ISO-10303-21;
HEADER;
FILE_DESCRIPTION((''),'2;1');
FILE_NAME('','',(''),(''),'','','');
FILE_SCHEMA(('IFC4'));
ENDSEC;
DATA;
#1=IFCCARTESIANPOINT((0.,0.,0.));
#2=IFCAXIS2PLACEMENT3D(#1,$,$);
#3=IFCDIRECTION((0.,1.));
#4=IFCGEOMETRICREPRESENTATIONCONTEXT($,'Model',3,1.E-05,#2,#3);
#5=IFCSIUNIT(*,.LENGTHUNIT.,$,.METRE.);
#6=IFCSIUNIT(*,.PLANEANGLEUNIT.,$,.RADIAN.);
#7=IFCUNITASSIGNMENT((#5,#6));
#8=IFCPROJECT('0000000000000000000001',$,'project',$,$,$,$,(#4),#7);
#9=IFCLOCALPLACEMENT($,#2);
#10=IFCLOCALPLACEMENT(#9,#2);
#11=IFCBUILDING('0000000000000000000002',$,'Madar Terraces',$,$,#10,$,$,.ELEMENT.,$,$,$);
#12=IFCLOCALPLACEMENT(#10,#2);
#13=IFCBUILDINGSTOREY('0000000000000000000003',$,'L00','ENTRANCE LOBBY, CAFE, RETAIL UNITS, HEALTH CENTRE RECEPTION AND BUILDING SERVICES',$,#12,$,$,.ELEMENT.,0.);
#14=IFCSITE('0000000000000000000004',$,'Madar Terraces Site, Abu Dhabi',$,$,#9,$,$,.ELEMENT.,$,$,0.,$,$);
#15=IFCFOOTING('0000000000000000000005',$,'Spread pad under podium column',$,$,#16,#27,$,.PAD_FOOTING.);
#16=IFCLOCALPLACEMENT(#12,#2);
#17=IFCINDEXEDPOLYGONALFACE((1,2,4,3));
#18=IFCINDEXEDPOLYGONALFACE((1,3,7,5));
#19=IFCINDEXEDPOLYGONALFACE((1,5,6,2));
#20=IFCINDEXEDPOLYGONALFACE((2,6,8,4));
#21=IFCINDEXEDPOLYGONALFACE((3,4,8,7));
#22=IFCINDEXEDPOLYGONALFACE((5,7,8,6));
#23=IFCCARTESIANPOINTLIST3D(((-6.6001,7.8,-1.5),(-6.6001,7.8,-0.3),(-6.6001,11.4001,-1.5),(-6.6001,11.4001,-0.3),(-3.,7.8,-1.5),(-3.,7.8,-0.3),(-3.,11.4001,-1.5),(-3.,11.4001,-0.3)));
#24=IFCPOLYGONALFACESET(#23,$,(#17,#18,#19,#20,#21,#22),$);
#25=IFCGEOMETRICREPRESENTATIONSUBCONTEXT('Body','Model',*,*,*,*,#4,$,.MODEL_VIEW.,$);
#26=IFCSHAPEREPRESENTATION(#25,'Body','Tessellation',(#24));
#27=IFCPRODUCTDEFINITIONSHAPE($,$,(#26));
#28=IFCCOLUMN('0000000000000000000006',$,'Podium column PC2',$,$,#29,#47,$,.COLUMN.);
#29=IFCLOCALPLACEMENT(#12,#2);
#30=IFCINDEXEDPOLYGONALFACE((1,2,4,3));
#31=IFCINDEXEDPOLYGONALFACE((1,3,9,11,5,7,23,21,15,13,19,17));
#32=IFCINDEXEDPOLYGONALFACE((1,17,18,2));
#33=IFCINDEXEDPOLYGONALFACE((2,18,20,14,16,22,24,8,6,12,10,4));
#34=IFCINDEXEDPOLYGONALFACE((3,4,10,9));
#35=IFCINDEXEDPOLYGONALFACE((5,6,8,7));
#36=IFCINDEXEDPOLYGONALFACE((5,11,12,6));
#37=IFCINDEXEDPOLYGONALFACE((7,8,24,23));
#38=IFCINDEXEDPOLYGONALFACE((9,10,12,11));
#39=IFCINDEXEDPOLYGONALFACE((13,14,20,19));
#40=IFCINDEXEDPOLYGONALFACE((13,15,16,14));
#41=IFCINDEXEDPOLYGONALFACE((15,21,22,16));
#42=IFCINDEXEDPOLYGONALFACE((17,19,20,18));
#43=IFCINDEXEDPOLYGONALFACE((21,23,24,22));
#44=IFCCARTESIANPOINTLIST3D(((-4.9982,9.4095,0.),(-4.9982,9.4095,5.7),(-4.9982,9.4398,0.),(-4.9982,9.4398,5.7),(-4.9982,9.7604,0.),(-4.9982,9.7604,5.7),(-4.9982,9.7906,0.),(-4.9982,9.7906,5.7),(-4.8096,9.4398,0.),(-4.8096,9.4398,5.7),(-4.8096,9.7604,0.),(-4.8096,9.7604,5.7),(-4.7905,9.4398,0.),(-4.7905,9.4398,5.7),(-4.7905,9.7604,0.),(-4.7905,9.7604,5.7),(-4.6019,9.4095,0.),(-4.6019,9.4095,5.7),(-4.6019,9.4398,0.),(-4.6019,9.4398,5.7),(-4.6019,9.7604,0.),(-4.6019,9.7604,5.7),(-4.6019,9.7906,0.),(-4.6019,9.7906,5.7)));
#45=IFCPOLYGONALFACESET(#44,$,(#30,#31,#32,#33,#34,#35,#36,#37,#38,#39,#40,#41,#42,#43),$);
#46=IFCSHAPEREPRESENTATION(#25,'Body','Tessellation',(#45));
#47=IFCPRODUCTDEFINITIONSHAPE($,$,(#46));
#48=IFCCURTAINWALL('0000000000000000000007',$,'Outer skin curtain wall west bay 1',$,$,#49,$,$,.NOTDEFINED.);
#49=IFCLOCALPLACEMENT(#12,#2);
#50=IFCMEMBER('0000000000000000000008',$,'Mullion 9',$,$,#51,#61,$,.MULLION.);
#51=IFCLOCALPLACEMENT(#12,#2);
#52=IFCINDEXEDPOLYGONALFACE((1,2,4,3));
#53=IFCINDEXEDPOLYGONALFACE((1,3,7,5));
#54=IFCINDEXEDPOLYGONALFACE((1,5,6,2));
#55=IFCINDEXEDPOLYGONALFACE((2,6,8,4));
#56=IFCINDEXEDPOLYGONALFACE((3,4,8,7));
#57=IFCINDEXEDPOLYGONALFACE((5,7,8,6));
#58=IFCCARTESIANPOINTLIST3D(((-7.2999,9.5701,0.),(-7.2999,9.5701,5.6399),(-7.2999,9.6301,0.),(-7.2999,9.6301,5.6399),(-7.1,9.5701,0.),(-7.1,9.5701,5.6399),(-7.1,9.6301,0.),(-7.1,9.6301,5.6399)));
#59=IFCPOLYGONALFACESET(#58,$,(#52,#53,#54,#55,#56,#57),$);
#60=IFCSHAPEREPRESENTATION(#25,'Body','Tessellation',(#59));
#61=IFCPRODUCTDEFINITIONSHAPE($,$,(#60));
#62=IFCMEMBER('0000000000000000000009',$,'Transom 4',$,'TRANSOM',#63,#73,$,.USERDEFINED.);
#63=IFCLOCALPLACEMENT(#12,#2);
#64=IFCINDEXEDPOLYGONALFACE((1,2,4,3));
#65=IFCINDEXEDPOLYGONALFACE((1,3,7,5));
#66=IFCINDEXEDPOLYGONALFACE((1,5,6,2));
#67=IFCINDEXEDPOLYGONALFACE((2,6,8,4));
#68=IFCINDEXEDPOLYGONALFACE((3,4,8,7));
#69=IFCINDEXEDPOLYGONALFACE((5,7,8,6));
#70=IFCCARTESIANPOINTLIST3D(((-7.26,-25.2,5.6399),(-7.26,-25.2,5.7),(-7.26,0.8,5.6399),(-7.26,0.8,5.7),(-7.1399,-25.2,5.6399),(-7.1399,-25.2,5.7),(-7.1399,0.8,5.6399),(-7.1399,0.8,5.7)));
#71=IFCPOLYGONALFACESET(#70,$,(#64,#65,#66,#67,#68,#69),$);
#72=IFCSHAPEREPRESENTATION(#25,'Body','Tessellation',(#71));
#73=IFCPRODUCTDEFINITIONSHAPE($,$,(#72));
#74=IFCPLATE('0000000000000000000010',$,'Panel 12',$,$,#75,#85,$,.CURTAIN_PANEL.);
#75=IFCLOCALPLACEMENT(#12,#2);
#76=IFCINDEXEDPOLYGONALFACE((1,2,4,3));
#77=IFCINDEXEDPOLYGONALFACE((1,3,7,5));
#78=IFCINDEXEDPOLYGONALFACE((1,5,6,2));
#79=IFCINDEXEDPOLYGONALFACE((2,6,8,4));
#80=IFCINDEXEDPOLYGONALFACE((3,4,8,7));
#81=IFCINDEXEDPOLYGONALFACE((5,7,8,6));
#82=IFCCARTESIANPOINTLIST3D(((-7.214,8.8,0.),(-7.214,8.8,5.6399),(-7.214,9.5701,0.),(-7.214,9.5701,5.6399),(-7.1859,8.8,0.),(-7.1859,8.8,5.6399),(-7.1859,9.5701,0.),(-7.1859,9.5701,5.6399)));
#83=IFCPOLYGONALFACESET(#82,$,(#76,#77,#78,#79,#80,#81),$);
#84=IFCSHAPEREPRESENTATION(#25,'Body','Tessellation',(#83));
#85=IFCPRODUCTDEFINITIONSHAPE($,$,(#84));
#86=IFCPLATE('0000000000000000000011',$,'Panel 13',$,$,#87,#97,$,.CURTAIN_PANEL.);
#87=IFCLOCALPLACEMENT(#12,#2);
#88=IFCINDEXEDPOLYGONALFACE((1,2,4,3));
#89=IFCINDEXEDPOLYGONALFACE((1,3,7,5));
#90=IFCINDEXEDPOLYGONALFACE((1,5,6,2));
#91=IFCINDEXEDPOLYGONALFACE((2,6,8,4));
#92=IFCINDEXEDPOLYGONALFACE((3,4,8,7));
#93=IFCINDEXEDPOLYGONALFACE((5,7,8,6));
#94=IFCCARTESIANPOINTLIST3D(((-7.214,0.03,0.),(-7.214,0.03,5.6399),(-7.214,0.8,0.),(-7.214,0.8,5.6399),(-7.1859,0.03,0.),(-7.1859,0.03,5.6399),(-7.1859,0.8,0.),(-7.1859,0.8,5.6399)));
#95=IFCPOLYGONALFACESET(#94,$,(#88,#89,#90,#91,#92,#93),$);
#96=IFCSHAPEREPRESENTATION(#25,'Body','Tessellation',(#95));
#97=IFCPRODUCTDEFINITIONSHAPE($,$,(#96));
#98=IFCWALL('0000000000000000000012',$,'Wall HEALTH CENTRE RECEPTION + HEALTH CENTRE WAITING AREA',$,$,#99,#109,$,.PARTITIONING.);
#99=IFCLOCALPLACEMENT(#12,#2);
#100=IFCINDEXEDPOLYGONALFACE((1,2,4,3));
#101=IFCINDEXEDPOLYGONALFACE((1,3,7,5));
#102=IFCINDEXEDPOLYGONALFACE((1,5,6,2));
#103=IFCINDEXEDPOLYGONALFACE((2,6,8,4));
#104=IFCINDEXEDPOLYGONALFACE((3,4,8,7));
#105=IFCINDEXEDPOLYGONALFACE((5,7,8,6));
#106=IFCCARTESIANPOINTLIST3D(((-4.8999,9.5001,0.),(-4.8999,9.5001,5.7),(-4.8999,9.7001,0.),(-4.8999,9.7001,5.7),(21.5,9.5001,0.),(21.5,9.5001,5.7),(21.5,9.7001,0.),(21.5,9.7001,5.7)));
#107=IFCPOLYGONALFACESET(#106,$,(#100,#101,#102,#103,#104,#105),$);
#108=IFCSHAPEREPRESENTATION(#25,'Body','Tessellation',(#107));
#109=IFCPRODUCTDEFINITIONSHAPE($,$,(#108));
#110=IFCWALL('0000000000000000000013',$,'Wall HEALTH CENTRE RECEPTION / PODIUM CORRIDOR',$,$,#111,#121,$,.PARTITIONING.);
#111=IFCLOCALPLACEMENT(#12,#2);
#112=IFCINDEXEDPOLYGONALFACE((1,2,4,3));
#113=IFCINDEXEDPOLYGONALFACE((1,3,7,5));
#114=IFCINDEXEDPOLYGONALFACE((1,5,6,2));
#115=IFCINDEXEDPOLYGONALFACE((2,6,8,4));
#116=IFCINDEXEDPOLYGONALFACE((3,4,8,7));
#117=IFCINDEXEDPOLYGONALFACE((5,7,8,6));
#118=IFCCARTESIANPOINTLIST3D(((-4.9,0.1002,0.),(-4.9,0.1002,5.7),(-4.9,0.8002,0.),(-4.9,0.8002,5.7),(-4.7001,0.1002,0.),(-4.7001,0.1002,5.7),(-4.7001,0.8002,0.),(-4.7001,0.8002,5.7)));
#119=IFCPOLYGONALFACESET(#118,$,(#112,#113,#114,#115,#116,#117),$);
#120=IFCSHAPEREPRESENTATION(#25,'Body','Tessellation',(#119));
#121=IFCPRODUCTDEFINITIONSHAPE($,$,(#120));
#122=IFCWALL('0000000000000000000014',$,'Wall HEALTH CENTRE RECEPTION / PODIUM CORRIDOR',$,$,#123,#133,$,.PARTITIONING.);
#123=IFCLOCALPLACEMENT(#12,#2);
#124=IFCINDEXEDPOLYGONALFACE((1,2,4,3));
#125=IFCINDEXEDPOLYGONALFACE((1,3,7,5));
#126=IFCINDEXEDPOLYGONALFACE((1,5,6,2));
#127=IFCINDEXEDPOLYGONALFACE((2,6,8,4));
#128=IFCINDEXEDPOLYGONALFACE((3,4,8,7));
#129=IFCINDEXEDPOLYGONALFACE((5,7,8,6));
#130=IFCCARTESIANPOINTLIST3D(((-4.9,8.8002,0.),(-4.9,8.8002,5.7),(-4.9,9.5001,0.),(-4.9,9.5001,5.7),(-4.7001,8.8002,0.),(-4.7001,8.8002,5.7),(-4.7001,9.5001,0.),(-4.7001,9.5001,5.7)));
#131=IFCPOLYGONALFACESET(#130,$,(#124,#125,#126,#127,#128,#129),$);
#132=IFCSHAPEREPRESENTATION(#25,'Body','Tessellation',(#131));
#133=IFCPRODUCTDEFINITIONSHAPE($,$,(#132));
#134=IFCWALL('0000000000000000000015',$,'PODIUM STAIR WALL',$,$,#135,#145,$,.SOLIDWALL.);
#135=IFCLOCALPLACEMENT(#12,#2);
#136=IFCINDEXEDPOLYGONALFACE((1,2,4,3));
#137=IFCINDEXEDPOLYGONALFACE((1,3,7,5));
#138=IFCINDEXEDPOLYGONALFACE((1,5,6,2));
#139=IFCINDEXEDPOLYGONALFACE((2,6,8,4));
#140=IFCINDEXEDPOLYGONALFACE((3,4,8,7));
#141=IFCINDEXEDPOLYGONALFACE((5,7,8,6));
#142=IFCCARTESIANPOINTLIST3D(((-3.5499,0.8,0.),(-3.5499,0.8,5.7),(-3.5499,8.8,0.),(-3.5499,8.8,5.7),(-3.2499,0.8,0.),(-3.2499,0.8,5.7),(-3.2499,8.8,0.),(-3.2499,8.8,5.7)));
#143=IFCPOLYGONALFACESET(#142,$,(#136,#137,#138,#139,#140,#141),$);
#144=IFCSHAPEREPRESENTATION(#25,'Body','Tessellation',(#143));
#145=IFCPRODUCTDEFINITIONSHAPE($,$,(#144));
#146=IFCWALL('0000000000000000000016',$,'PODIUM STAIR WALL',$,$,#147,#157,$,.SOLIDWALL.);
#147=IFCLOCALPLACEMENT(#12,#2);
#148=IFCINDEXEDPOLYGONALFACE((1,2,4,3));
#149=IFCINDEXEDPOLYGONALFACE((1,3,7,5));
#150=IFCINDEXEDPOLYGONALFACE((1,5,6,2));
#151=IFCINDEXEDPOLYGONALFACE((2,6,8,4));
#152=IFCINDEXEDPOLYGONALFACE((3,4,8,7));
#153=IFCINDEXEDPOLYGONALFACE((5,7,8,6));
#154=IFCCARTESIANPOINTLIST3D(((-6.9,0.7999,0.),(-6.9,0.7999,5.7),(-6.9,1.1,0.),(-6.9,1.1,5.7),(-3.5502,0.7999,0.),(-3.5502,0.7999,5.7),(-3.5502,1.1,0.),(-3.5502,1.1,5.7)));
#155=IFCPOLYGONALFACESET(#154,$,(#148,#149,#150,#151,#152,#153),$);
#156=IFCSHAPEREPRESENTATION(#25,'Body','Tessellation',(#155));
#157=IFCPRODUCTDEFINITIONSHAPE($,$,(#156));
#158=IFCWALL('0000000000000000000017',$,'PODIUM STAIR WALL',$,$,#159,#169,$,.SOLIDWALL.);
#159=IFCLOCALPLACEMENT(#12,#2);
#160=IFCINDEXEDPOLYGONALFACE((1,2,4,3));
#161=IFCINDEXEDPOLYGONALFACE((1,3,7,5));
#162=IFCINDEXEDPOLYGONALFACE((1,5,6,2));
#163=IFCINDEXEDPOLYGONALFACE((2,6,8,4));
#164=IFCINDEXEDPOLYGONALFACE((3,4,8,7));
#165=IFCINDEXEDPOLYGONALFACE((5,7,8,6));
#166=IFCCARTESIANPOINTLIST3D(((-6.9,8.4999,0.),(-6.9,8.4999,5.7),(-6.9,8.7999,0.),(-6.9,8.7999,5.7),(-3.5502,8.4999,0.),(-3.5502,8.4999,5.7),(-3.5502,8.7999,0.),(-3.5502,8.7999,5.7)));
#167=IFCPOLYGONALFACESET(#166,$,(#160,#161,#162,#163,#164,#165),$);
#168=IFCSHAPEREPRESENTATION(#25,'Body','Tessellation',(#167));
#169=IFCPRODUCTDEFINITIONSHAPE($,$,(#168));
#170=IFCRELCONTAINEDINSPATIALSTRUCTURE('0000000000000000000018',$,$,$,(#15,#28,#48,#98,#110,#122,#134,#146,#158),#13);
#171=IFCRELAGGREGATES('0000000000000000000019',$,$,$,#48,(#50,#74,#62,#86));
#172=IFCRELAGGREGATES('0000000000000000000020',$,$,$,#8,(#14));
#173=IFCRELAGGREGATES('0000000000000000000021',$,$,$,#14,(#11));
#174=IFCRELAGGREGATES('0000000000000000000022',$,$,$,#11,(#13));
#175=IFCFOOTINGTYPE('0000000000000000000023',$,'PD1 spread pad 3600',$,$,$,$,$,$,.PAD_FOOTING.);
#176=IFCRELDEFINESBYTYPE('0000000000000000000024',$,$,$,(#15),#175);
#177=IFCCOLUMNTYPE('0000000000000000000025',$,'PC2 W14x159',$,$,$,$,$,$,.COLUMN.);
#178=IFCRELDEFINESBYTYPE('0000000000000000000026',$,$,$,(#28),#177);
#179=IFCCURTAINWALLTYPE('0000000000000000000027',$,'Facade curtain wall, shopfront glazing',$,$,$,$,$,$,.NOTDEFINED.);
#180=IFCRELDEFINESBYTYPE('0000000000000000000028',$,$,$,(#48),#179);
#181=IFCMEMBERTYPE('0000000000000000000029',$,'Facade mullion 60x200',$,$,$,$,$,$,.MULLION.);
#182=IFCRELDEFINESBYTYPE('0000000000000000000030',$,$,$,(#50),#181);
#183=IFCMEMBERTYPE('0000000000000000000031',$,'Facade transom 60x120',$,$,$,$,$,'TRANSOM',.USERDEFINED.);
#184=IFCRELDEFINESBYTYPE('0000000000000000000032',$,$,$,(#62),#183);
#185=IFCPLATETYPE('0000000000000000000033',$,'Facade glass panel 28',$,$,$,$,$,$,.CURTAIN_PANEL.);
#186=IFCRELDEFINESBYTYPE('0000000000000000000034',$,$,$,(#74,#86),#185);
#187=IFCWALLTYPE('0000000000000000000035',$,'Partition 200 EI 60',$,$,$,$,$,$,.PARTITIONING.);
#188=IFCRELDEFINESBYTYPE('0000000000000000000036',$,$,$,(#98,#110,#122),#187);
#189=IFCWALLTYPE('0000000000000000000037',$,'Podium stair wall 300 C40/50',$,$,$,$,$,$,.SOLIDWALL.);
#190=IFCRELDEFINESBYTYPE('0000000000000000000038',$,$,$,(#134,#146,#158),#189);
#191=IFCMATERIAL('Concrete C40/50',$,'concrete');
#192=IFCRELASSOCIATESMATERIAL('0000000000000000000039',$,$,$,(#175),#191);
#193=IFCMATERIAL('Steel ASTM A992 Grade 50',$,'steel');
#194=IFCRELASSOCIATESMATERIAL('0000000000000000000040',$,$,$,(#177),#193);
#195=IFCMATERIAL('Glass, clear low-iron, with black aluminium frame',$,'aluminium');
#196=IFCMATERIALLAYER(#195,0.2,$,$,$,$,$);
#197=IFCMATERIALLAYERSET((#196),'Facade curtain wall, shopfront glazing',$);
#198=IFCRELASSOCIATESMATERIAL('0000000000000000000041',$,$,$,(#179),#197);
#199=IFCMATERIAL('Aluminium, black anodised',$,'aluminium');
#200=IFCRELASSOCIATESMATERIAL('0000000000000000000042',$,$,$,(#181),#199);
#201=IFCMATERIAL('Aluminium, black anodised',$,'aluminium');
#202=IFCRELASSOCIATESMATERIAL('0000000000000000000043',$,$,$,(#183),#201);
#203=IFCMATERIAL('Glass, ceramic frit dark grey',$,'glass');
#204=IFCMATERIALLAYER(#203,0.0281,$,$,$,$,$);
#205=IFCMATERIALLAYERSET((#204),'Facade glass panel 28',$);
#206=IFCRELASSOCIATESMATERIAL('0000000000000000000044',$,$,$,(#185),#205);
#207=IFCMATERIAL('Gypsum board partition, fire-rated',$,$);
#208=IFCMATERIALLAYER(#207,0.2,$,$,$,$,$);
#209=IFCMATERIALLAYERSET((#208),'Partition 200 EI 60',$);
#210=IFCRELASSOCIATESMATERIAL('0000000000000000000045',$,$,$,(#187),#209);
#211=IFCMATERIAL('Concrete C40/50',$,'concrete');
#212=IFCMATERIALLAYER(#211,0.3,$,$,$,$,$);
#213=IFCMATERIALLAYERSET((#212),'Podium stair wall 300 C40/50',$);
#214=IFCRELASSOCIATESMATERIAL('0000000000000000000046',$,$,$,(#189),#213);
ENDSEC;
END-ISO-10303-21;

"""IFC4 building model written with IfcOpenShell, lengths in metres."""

from ifc_helpers import new_model, si_unit, direction, frame, frame_2d, origin, origin_2d, place, context, subcontext, project, spatial, rectangle, i_section, extrude, material, layer, layer_set, material_profile, profile_set, type_object, element, aggregate, save


model = new_model("IFC4")

# Units and contexts
model_context = context("Model", 3, precision=1e-05, world=origin(), true_north=direction((0.0, 1.0)))
body_context = subcontext(model_context, "Body", "Model", "MODEL_VIEW")
ifc_project = project(units=[si_unit("LENGTHUNIT", "METRE"), si_unit("PLANEANGLEUNIT", "RADIAN")], contexts=[model_context])

# Site, building, storey
site_placement = place(None, origin())
site = spatial("IfcSite", under=ifc_project, at=site_placement, Name="Madar Terraces Site, Abu Dhabi", CompositionType="ELEMENT", RefElevation=0.0)
building_placement = place(site_placement, origin())
building = spatial("IfcBuilding", under=site, at=building_placement, Name="Madar Terraces", CompositionType="ELEMENT")
storey_placement = place(building_placement, origin())
storey = spatial("IfcBuildingStorey", under=building, at=storey_placement, Name="L00", Description="ENTRANCE LOBBY, CAFE, RETAIL UNITS, HEALTH CENTRE RECEPTION AND BUILDING SERVICES", CompositionType="ELEMENT", Elevation=0.0)

# Footing
ifc_material_1 = material(Name="Concrete C40/50", Category="concrete")
footing_type = type_object("IfcFootingType", Name="PD1 spread pad 3600", PredefinedType="PAD_FOOTING", material=ifc_material_1)
footing_placement = place(storey_placement, frame((-4.8, 9.6001, -1.5), z_axis=(0.0, 0.0, 1.0), x_axis=(1.0, 0.0, 0.0)))
element("IfcFooting", 1, at=footing_placement, inside=storey, type_object=footing_type, Name="Spread pad under podium column", PredefinedType="PAD_FOOTING", context=body_context, shape_type="SweptSolid", body=[
    extrude(rectangle(XDim=3.6001, YDim=3.6001, at=origin_2d()), origin(), (0.0, 0.0, 1.0), 1.2),
])

# Column
ifc_material_2 = material(Name="Steel ASTM A992 Grade 50", Category="steel")
ifc_material_profile_1 = material_profile(ifc_material_2, i_section(OverallWidth=0.3962, OverallDepth=0.3811, WebThickness=0.019, FlangeThickness=0.0303, at=origin_2d()), Name="W14x159")
ifc_profile_set_1 = profile_set([ifc_material_profile_1], Name="Steel ASTM A992 Grade 50")
column_type = type_object("IfcColumnType", Name="PC2 W14x159", PredefinedType="COLUMN", material=ifc_profile_set_1)
column_placement = place(storey_placement, frame((-4.8, 9.6001, 0.0), z_axis=(0.0, 0.0, 1.0), x_axis=(1.0, 0.0, 0.0)))
element("IfcColumn", 2, at=column_placement, inside=storey, type_object=column_type, Name="Podium column PC2", PredefinedType="COLUMN", context=body_context, shape_type="SweptSolid", body=[
    extrude(i_section(OverallWidth=0.3962, OverallDepth=0.3811, WebThickness=0.019, FlangeThickness=0.0303, at=origin_2d()), origin(), (0.0, 0.0, 1.0), 5.7),
])

# Curtain wall, members, plates
ifc_material_3 = material(Name="Glass, clear low-iron, with black aluminium frame", Category="aluminium")
ifc_layer_1 = layer(ifc_material_3, 0.2)
ifc_layer_set_1 = layer_set([ifc_layer_1], Name="Facade curtain wall, shopfront glazing")
curtain_wall_type = type_object("IfcCurtainWallType", Name="Facade curtain wall, shopfront glazing", PredefinedType="NOTDEFINED", material=ifc_layer_set_1)
curtain_wall_placement = place(storey_placement, origin())
curtain_wall = element("IfcCurtainWall", 3, at=curtain_wall_placement, inside=storey, type_object=curtain_wall_type, Name="Outer skin curtain wall west bay 1", PredefinedType="NOTDEFINED")
ifc_material_4 = material(Name="Aluminium, black anodised", Category="aluminium")
ifc_material_profile_2 = material_profile(ifc_material_4, rectangle(XDim=0.2, YDim=0.0601, at=origin_2d()), Name="Facade mullion 60x200")
ifc_profile_set_2 = profile_set([ifc_material_profile_2], Name="Aluminium, black anodised")
member_type_1 = type_object("IfcMemberType", Name="Facade mullion 60x200", PredefinedType="MULLION", material=ifc_profile_set_2)
member_1_placement = place(storey_placement, frame((-7.2, 9.6001, 0.0), z_axis=(0.0, 0.0, 1.0), x_axis=(1.0, 0.0, 0.0)))
member_1 = element("IfcMember", 4, at=member_1_placement, type_object=member_type_1, Name="Mullion 9", PredefinedType="MULLION", context=body_context, shape_type="SweptSolid", body=[
    extrude(rectangle(XDim=0.2, YDim=0.0601, at=origin_2d()), origin(), (0.0, 0.0, 1.0), 5.6399),
])
ifc_material_5 = material(Name="Aluminium, black anodised", Category="aluminium")
ifc_material_profile_3 = material_profile(ifc_material_5, rectangle(XDim=0.1201, YDim=0.0601, at=origin_2d()), Name="Facade transom 60x120")
ifc_profile_set_3 = profile_set([ifc_material_profile_3], Name="Aluminium, black anodised")
member_type_2 = type_object("IfcMemberType", Name="Facade transom 60x120", ElementType="TRANSOM", PredefinedType="USERDEFINED", material=ifc_profile_set_3)
member_2_placement = place(storey_placement, frame((-7.2, 0.8, 5.6699), z_axis=(0.0, -1.0, 0.0), x_axis=(1.0, 0.0, 0.0)))
member_2 = element("IfcMember", 5, at=member_2_placement, type_object=member_type_2, Name="Transom 4", ObjectType="TRANSOM", PredefinedType="USERDEFINED", context=body_context, shape_type="SweptSolid", body=[
    extrude(rectangle(XDim=0.1201, YDim=0.0601, at=origin_2d()), origin(), (0.0, 0.0, 1.0), 26.0),
])
ifc_material_6 = material(Name="Glass, ceramic frit dark grey", Category="glass")
ifc_layer_2 = layer(ifc_material_6, 0.0281)
ifc_layer_set_2 = layer_set([ifc_layer_2], Name="Facade glass panel 28")
plate_type = type_object("IfcPlateType", Name="Facade glass panel 28", PredefinedType="CURTAIN_PANEL", material=ifc_layer_set_2)
plate_1_placement = place(storey_placement, frame((-7.2, 9.1851, 0.0), z_axis=(0.0, 0.0, 1.0), x_axis=(0.0, -1.0, 0.0)))
plate_1 = element("IfcPlate", 6, at=plate_1_placement, type_object=plate_type, Name="Panel 12", PredefinedType="CURTAIN_PANEL", context=body_context, shape_type="SweptSolid", body=[
    extrude(rectangle(XDim=0.77, YDim=0.0281, at=origin_2d()), origin(), (0.0, 0.0, 1.0), 5.6399),
])
plate_2_placement = place(storey_placement, frame((-7.2, 0.415, 0.0), z_axis=(0.0, 0.0, 1.0), x_axis=(0.0, -1.0, 0.0)))
plate_2 = element("IfcPlate", 7, at=plate_2_placement, type_object=plate_type, Name="Panel 13", PredefinedType="CURTAIN_PANEL", context=body_context, shape_type="SweptSolid", body=[
    extrude(rectangle(XDim=0.77, YDim=0.0281, at=origin_2d()), origin(), (0.0, 0.0, 1.0), 5.6399),
])
aggregate(curtain_wall, [member_1, plate_1, member_2, plate_2])

# Walls
ifc_material_7 = material(Name="Gypsum board partition, fire-rated")
ifc_layer_3 = layer(ifc_material_7, 0.2)
ifc_layer_set_3 = layer_set([ifc_layer_3], Name="Partition 200 EI 60")
wall_type_1 = type_object("IfcWallType", Name="Partition 200 EI 60", PredefinedType="PARTITIONING", material=ifc_layer_set_3)
wall_1_placement = place(storey_placement, frame((-4.8999, 9.6001, 0.0), z_axis=(0.0, 0.0, 1.0), x_axis=(1.0, 0.0, 0.0)))
element("IfcWall", 8, at=wall_1_placement, inside=storey, type_object=wall_type_1, Name="Wall HEALTH CENTRE RECEPTION + HEALTH CENTRE WAITING AREA", PredefinedType="PARTITIONING", context=body_context, shape_type="SweptSolid", body=[
    extrude(rectangle(XDim=26.3999, YDim=0.2, at=frame_2d((13.2, 0.0))), origin(), (0.0, 0.0, 1.0), 5.7),
])
for number, where, z_axis, x_axis, name in (
    (9, (-4.8, 0.1001, 0.0), (0.0, 0.0, 1.0), (0.0, 1.0, 0.0), "Wall HEALTH CENTRE RECEPTION / PODIUM CORRIDOR"),
    (10, (-4.8, 8.8, 0.0), (0.0, 0.0, 1.0), (0.0, 1.0, 0.0), "Wall HEALTH CENTRE RECEPTION / PODIUM CORRIDOR"),
):
    element("IfcWall", number, at=place(storey_placement, frame(where, z_axis=z_axis, x_axis=x_axis)), inside=storey, type_object=wall_type_1, Name=name, PredefinedType="PARTITIONING", context=body_context, shape_type="SweptSolid", body=[
        extrude(rectangle(XDim=0.7, YDim=0.2, at=frame_2d((0.3501, 0.0))), origin(), (0.0, 0.0, 1.0), 5.7),
    ])
ifc_material_8 = material(Name="Concrete C40/50", Category="concrete")
ifc_layer_4 = layer(ifc_material_8, 0.3)
ifc_layer_set_4 = layer_set([ifc_layer_4], Name="Podium stair wall 300 C40/50")
wall_type_2 = type_object("IfcWallType", Name="Podium stair wall 300 C40/50", PredefinedType="SOLIDWALL", material=ifc_layer_set_4)
wall_2_placement = place(storey_placement, frame((-3.3999, 0.8, 0.0), z_axis=(0.0, 0.0, 1.0), x_axis=(0.0, 1.0, 0.0)))
element("IfcWall", 11, at=wall_2_placement, inside=storey, type_object=wall_type_2, Name="PODIUM STAIR WALL", PredefinedType="SOLIDWALL", context=body_context, shape_type="SweptSolid", body=[
    extrude(rectangle(XDim=8.0, YDim=0.3, at=frame_2d((4.0, 0.0))), origin(), (0.0, 0.0, 1.0), 5.7),
])
for number, where, z_axis, x_axis, name in (
    (12, (-6.8999, 0.95, 0.0), (0.0, 0.0, 1.0), (1.0, 0.0, 0.0), "PODIUM STAIR WALL"),
    (13, (-6.8999, 8.6499, 0.0), (0.0, 0.0, 1.0), (1.0, 0.0, 0.0), "PODIUM STAIR WALL"),
):
    element("IfcWall", number, at=place(storey_placement, frame(where, z_axis=z_axis, x_axis=x_axis)), inside=storey, type_object=wall_type_2, Name=name, PredefinedType="SOLIDWALL", context=body_context, shape_type="SweptSolid", body=[
        extrude(rectangle(XDim=3.3499, YDim=0.3, at=frame_2d((1.6748, 0.0))), origin(), (0.0, 0.0, 1.0), 5.7),
    ])

save(model, "model.ifc")
